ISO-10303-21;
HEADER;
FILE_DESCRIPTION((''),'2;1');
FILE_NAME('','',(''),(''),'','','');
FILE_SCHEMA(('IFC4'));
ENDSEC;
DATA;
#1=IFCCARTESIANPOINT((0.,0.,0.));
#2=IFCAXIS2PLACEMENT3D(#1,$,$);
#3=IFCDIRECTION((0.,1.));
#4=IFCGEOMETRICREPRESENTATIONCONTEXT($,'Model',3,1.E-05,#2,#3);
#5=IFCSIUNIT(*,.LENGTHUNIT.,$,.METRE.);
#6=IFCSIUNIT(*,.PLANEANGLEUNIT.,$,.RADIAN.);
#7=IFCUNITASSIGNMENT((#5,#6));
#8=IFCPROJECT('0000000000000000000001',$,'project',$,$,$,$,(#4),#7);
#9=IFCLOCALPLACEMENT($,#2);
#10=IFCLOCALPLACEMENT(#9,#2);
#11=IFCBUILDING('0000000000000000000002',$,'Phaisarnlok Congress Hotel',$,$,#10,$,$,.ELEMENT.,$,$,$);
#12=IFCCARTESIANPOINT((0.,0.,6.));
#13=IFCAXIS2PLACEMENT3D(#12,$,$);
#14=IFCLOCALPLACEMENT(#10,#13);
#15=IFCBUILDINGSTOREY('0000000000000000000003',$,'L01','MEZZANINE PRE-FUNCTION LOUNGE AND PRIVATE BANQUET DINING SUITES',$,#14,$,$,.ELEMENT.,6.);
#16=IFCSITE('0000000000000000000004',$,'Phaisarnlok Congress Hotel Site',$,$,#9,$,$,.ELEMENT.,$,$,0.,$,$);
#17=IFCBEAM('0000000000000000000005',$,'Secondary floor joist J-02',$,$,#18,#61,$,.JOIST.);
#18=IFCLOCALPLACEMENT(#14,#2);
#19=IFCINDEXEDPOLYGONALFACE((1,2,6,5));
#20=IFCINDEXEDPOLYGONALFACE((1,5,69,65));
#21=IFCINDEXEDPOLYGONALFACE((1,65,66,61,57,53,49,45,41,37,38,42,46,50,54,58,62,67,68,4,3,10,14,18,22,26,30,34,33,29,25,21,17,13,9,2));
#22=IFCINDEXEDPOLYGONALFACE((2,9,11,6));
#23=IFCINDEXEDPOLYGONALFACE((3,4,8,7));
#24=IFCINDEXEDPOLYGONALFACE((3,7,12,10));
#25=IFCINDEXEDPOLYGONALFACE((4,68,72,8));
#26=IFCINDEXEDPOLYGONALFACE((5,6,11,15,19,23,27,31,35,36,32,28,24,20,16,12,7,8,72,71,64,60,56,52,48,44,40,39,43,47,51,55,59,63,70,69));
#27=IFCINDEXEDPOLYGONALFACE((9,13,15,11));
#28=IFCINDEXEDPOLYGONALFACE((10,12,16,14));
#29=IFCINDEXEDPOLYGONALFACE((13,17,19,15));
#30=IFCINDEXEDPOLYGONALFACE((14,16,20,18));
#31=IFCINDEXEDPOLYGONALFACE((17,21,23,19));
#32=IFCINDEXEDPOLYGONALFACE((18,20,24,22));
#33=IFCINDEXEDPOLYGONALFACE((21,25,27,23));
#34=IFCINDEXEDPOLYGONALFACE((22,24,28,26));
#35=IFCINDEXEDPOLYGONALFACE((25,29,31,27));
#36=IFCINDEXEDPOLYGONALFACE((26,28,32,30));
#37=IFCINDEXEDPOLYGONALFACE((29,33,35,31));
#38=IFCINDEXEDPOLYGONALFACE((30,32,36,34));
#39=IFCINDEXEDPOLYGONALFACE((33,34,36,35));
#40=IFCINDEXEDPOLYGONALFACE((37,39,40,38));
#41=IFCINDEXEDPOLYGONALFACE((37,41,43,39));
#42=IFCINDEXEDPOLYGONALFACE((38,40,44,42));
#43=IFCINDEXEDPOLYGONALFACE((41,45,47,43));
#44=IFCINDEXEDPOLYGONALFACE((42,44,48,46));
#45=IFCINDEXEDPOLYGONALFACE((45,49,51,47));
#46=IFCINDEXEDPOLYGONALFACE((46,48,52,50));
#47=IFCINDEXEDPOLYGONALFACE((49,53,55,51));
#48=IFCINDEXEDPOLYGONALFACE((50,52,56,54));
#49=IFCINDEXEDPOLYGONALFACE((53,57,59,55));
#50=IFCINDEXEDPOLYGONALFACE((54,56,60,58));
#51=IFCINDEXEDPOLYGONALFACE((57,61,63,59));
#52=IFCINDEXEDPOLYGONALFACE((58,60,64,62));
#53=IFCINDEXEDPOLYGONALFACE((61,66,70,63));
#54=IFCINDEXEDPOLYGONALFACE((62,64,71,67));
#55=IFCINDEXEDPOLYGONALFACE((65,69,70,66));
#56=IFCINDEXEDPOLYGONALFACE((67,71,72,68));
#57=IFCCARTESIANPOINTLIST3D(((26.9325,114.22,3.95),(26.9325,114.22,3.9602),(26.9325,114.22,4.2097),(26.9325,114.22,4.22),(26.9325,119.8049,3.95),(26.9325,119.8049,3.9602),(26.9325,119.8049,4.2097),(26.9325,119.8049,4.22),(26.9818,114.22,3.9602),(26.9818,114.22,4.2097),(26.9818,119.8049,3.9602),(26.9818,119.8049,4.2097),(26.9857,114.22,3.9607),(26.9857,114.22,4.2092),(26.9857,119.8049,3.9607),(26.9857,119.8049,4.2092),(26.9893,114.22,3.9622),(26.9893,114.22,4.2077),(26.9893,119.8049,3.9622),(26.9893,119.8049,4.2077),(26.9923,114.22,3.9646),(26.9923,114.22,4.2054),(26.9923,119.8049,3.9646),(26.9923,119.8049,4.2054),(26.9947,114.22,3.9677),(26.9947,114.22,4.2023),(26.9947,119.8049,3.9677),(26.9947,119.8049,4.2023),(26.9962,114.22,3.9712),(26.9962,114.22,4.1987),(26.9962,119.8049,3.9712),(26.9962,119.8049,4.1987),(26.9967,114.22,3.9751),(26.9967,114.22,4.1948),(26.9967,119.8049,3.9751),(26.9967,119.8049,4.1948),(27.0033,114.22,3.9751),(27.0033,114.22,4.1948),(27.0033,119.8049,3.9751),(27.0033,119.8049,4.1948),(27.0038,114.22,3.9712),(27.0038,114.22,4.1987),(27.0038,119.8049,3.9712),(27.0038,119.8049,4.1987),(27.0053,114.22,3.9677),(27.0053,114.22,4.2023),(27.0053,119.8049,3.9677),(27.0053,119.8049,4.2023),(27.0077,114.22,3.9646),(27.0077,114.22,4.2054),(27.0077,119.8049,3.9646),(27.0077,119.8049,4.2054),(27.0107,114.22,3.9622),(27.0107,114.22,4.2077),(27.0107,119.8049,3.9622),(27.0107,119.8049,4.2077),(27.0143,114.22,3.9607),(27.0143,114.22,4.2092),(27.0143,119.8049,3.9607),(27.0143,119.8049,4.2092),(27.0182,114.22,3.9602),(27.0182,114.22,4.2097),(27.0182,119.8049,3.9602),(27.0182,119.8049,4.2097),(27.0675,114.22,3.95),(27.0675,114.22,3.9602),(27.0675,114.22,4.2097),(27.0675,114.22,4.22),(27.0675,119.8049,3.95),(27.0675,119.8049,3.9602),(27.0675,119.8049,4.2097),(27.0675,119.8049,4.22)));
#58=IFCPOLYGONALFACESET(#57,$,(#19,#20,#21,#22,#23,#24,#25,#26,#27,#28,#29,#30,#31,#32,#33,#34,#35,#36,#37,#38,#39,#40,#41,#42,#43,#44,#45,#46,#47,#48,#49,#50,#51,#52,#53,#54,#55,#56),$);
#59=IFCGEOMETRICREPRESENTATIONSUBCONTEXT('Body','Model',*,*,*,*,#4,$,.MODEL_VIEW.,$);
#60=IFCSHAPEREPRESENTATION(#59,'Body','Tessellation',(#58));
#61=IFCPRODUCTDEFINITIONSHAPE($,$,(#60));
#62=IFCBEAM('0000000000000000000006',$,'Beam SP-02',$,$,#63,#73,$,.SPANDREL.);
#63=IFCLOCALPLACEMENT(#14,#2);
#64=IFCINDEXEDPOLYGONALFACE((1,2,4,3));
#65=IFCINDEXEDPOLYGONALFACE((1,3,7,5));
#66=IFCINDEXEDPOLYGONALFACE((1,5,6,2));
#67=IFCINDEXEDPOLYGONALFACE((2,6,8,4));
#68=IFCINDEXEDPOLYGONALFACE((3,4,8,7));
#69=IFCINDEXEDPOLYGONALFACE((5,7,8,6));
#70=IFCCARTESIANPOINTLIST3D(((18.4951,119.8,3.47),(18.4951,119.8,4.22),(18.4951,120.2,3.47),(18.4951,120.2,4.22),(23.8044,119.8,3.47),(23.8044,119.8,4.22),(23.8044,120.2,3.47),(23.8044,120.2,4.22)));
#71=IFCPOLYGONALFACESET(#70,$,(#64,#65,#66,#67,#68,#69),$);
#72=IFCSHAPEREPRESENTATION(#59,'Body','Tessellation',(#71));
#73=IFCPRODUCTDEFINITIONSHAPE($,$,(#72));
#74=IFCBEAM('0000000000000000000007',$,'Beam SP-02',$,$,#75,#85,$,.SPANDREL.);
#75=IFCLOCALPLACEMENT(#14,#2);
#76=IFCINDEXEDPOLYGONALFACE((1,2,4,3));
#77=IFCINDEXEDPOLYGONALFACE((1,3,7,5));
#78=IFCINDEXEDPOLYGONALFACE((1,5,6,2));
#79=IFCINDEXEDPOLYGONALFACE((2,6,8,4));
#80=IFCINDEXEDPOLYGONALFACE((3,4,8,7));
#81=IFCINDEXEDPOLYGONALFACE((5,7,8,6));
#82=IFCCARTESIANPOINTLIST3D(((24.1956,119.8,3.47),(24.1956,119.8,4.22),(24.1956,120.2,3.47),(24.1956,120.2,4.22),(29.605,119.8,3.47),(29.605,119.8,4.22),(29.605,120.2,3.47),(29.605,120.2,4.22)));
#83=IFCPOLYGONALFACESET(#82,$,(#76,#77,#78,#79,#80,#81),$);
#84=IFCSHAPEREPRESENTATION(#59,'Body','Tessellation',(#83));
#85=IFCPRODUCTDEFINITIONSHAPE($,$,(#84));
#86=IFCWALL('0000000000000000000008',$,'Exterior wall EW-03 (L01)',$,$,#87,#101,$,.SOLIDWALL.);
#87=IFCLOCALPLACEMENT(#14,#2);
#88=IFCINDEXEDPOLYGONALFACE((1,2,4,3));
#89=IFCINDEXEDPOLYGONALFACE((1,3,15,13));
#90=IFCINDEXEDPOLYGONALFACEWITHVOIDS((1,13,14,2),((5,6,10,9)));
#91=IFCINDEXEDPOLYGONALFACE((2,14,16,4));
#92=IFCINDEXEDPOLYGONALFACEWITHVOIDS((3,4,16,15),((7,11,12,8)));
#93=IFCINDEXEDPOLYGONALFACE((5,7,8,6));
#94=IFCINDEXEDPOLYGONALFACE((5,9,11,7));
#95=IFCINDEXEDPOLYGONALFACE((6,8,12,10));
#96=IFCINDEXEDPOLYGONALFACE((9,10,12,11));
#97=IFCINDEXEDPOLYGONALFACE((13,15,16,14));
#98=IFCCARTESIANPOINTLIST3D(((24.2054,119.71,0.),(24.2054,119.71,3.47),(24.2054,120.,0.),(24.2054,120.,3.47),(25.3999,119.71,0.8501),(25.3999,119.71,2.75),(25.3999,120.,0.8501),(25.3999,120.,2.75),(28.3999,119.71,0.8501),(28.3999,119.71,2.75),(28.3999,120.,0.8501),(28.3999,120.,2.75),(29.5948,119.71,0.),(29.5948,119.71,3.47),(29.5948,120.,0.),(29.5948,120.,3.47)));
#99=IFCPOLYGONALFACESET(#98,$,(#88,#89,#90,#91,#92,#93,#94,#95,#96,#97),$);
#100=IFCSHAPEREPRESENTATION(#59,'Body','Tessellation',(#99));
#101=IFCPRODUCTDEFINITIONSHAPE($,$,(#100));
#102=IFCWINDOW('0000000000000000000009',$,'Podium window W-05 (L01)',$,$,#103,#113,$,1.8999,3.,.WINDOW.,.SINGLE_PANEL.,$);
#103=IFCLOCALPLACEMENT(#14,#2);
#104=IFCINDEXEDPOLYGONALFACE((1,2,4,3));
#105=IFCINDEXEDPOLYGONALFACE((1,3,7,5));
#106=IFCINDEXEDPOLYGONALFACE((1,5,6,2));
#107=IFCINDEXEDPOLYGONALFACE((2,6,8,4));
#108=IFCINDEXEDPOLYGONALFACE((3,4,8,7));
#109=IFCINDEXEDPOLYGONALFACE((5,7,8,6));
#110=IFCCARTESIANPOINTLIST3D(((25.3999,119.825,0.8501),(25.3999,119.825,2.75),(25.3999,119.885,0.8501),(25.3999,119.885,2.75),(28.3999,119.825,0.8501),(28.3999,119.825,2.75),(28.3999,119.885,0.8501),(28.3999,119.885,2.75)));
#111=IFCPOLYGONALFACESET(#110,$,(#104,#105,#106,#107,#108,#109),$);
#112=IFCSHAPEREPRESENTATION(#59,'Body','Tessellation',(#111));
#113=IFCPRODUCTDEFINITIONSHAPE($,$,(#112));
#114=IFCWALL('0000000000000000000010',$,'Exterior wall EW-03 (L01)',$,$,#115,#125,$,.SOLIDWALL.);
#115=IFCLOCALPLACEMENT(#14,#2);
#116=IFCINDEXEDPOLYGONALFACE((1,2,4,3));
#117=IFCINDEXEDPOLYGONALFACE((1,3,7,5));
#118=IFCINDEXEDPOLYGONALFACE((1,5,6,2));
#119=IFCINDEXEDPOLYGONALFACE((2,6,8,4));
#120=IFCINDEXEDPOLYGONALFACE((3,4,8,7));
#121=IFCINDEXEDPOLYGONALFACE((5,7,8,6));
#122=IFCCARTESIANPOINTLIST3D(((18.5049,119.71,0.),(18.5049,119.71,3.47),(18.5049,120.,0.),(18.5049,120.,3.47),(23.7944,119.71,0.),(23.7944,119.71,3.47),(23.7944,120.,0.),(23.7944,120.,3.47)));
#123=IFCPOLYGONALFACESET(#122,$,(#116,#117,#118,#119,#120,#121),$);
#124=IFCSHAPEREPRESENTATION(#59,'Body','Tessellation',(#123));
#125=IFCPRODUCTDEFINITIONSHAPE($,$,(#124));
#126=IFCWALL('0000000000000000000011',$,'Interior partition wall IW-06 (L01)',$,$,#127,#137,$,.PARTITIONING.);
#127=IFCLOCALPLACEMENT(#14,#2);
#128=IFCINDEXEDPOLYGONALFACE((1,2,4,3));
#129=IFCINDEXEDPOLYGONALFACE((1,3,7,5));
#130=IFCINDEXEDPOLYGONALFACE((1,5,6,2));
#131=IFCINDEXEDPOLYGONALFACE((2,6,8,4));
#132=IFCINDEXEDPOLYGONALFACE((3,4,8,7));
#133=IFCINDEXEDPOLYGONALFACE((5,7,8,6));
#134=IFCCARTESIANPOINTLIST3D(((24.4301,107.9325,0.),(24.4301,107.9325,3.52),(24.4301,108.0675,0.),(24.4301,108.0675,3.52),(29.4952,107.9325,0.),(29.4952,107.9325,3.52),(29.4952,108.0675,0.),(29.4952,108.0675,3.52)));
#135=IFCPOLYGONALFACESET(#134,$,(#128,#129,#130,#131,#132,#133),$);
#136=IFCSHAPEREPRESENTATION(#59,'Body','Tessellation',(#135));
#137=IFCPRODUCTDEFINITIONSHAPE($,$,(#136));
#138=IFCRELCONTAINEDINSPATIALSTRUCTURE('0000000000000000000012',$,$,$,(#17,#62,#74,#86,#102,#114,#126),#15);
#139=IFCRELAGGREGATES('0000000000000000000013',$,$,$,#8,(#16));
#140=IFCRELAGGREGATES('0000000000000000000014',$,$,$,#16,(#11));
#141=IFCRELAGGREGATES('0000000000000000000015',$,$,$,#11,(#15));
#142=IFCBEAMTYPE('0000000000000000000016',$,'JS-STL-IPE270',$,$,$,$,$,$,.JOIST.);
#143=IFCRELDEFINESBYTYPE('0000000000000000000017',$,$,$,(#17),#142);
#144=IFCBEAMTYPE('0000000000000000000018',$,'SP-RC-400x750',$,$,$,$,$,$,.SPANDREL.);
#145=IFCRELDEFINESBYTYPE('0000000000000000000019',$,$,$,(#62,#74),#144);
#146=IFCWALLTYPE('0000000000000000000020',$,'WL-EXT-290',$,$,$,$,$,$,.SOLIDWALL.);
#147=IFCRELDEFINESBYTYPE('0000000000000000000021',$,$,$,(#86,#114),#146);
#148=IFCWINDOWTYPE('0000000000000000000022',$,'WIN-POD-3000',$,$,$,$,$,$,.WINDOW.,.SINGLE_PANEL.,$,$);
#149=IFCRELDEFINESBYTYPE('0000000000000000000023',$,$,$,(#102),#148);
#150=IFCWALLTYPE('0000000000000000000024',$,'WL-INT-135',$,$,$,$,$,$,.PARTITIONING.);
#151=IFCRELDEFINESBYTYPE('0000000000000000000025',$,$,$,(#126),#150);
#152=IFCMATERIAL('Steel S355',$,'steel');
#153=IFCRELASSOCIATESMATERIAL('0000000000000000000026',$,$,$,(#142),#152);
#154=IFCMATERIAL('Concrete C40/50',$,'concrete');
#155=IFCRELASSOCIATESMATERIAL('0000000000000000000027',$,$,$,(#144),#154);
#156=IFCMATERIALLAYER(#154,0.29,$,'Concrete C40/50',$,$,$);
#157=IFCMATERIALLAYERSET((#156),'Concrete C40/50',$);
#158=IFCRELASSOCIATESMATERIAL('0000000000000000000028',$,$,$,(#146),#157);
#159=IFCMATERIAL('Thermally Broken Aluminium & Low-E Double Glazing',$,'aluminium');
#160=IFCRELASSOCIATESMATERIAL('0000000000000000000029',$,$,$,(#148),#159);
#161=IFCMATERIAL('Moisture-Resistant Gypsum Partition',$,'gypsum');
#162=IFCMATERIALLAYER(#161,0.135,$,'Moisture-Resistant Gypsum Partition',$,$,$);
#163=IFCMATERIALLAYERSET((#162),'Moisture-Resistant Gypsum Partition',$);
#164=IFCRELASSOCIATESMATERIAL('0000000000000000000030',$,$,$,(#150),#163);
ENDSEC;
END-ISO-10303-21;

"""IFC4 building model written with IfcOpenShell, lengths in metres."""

from ifc_helpers import new_model, si_unit, direction, frame, frame_2d, origin, origin_2d, place, context, subcontext, project, spatial, rectangle, i_section, extrude, material, layer, layer_set, material_profile, profile_set, type_object, element, fill, save


model = new_model("IFC4")

# Units and contexts
model_context = context("Model", 3, precision=1e-05, world=origin(), true_north=direction((0.0, 1.0)))
body_context = subcontext(model_context, "Body", "Model", "MODEL_VIEW")
ifc_project = project(units=[si_unit("LENGTHUNIT", "METRE"), si_unit("PLANEANGLEUNIT", "RADIAN")], contexts=[model_context])

# Site, building, storey
site_placement = place(None, origin())
site = spatial("IfcSite", under=ifc_project, at=site_placement, Name="Phaisarnlok Congress Hotel Site", CompositionType="ELEMENT", RefElevation=0.0)
building_placement = place(site_placement, origin())
building = spatial("IfcBuilding", under=site, at=building_placement, Name="Phaisarnlok Congress Hotel", CompositionType="ELEMENT")
storey_placement = place(building_placement, frame((0.0, 0.0, 6.0)))
storey = spatial("IfcBuildingStorey", under=building, at=storey_placement, Name="L01", Description="MEZZANINE PRE-FUNCTION LOUNGE AND PRIVATE BANQUET DINING SUITES", CompositionType="ELEMENT", Elevation=6.0)

# Shared definitions
ifc_material_1 = material(Name="Steel S355", Category="steel")

# Beams
ifc_material_2 = material(Name="Concrete C40/50", Category="concrete")
ifc_material_profile_1 = material_profile(ifc_material_1, i_section(OverallWidth=0.135, OverallDepth=0.27, WebThickness=0.0066, FlangeThickness=0.0103, FilletRadius=0.0149, at=origin_2d()), Name="IPE 270")
ifc_profile_set_1 = profile_set([ifc_material_profile_1], Name="Steel S355")
beam_type_1 = type_object("IfcBeamType", Name="JS-STL-IPE270", PredefinedType="JOIST", material=ifc_profile_set_1)
beam_1_placement = place(storey_placement, frame((27.0, 114.22, 4.085), z_axis=(0.0, 1.0, 0.0), x_axis=(-1.0, 0.0, 0.0)))
element("IfcBeam", 1, at=beam_1_placement, inside=storey, type_object=beam_type_1, Name="Secondary floor joist J-02", PredefinedType="JOIST", context=body_context, shape_type="SweptSolid", body=[
    extrude(i_section(OverallWidth=0.135, OverallDepth=0.27, WebThickness=0.0066, FlangeThickness=0.0103, FilletRadius=0.0149, at=origin_2d()), origin(), (0.0, 0.0, 1.0), 5.585),
])
ifc_material_profile_2 = material_profile(ifc_material_2, rectangle(XDim=0.3999, YDim=0.75, at=origin_2d()), Name="RC 400x750")
ifc_profile_set_2 = profile_set([ifc_material_profile_2], Name="Concrete C40/50")
beam_type_2 = type_object("IfcBeamType", Name="SP-RC-400x750", PredefinedType="SPANDREL", material=ifc_profile_set_2)
beam_2_placement = place(storey_placement, frame((18.4951, 120.0, 3.845), z_axis=(1.0, 0.0, 0.0), x_axis=(0.0, 1.0, 0.0)))
element("IfcBeam", 2, at=beam_2_placement, inside=storey, type_object=beam_type_2, Name="Beam SP-02", PredefinedType="SPANDREL", context=body_context, shape_type="SweptSolid", body=[
    extrude(rectangle(XDim=0.3999, YDim=0.75, at=origin_2d()), origin(), (0.0, 0.0, 1.0), 5.3093),
])
beam_3_placement = place(storey_placement, frame((24.1956, 120.0, 3.845), z_axis=(1.0, 0.0, 0.0), x_axis=(0.0, 1.0, 0.0)))
element("IfcBeam", 3, at=beam_3_placement, inside=storey, type_object=beam_type_2, Name="Beam SP-02", PredefinedType="SPANDREL", context=body_context, shape_type="SweptSolid", body=[
    extrude(rectangle(XDim=0.3999, YDim=0.75, at=origin_2d()), origin(), (0.0, 0.0, 1.0), 5.4094),
])

# Wall, opening, window
ifc_layer_1 = layer(ifc_material_2, 0.29, Name="Concrete C40/50")
ifc_layer_set_1 = layer_set([ifc_layer_1], Name="Concrete C40/50")
wall_type_1 = type_object("IfcWallType", Name="WL-EXT-290", PredefinedType="SOLIDWALL", material=ifc_layer_set_1)
wall_1_placement = place(storey_placement, frame((29.595, 119.855, 0.0), z_axis=(0.0, 0.0, 1.0), x_axis=(-1.0, 0.0, 0.0)))
wall_1 = element("IfcWall", 4, at=wall_1_placement, inside=storey, type_object=wall_type_1, Name="Exterior wall EW-03 (L01)", PredefinedType="SOLIDWALL", context=body_context, shape_type="SweptSolid", body=[
    extrude(rectangle(XDim=5.3894, YDim=0.29, at=frame_2d((2.6948, 0.0))), origin(), (0.0, 0.0, 1.0), 3.47),
])
opening_placement = place(wall_1_placement, frame((1.1951, 0.0, 0.8501)))
opening = element("IfcOpeningElement", 5, at=opening_placement, cuts=wall_1, PredefinedType="OPENING", context=body_context, shape_type="SweptSolid", body=[
    extrude(rectangle(XDim=3.0, YDim=1.8999, at=frame_2d((1.5, 0.95))), frame((0.0, 0.155, 0.0), z_axis=(0.0, -1.0, 0.0), x_axis=(1.0, 0.0, 0.0)), (0.0, 0.0, 1.0), 0.3101),
])
ifc_material_3 = material(Name="Thermally Broken Aluminium & Low-E Double Glazing", Category="aluminium")
window_type = type_object("IfcWindowType", Name="WIN-POD-3000", PartitioningType="SINGLE_PANEL", PredefinedType="WINDOW", material=ifc_material_3)
window_placement = place(opening_placement, origin())
window = element("IfcWindow", 6, at=window_placement, inside=storey, type_object=window_type, Name="Podium window W-05 (L01)", OverallHeight=1.8999, OverallWidth=3.0, PartitioningType="SINGLE_PANEL", PredefinedType="WINDOW", context=body_context, shape_type="SweptSolid", body=[
    extrude(rectangle(XDim=3.0, YDim=1.8999, at=frame_2d((1.5, 0.95))), frame((0.0, 0.03, 0.0), z_axis=(0.0, -1.0, 0.0), x_axis=(1.0, 0.0, 0.0)), (0.0, 0.0, 1.0), 0.0601),
])
fill(opening, window)

# Walls
wall_2_placement = place(storey_placement, frame((23.7944, 119.855, 0.0), z_axis=(0.0, 0.0, 1.0), x_axis=(-1.0, 0.0, 0.0)))
element("IfcWall", 7, at=wall_2_placement, inside=storey, type_object=wall_type_1, Name="Exterior wall EW-03 (L01)", PredefinedType="SOLIDWALL", context=body_context, shape_type="SweptSolid", body=[
    extrude(rectangle(XDim=5.2896, YDim=0.29, at=frame_2d((2.6448, 0.0))), origin(), (0.0, 0.0, 1.0), 3.47),
])
ifc_material_4 = material(Name="Moisture-Resistant Gypsum Partition", Category="gypsum")
ifc_layer_2 = layer(ifc_material_4, 0.135, Name="Moisture-Resistant Gypsum Partition")
ifc_layer_set_2 = layer_set([ifc_layer_2], Name="Moisture-Resistant Gypsum Partition")
wall_type_2 = type_object("IfcWallType", Name="WL-INT-135", PredefinedType="PARTITIONING", material=ifc_layer_set_2)
wall_3_placement = place(storey_placement, frame((24.4299, 108.0, 0.0), z_axis=(0.0, 0.0, 1.0), x_axis=(1.0, 0.0, 0.0)))
element("IfcWall", 8, at=wall_3_placement, inside=storey, type_object=wall_type_2, Name="Interior partition wall IW-06 (L01)", PredefinedType="PARTITIONING", context=body_context, shape_type="SweptSolid", body=[
    extrude(rectangle(XDim=5.0652, YDim=0.135, at=frame_2d((2.5327, 0.0))), origin(), (0.0, 0.0, 1.0), 3.52),
])

save(model, "model.ifc")
